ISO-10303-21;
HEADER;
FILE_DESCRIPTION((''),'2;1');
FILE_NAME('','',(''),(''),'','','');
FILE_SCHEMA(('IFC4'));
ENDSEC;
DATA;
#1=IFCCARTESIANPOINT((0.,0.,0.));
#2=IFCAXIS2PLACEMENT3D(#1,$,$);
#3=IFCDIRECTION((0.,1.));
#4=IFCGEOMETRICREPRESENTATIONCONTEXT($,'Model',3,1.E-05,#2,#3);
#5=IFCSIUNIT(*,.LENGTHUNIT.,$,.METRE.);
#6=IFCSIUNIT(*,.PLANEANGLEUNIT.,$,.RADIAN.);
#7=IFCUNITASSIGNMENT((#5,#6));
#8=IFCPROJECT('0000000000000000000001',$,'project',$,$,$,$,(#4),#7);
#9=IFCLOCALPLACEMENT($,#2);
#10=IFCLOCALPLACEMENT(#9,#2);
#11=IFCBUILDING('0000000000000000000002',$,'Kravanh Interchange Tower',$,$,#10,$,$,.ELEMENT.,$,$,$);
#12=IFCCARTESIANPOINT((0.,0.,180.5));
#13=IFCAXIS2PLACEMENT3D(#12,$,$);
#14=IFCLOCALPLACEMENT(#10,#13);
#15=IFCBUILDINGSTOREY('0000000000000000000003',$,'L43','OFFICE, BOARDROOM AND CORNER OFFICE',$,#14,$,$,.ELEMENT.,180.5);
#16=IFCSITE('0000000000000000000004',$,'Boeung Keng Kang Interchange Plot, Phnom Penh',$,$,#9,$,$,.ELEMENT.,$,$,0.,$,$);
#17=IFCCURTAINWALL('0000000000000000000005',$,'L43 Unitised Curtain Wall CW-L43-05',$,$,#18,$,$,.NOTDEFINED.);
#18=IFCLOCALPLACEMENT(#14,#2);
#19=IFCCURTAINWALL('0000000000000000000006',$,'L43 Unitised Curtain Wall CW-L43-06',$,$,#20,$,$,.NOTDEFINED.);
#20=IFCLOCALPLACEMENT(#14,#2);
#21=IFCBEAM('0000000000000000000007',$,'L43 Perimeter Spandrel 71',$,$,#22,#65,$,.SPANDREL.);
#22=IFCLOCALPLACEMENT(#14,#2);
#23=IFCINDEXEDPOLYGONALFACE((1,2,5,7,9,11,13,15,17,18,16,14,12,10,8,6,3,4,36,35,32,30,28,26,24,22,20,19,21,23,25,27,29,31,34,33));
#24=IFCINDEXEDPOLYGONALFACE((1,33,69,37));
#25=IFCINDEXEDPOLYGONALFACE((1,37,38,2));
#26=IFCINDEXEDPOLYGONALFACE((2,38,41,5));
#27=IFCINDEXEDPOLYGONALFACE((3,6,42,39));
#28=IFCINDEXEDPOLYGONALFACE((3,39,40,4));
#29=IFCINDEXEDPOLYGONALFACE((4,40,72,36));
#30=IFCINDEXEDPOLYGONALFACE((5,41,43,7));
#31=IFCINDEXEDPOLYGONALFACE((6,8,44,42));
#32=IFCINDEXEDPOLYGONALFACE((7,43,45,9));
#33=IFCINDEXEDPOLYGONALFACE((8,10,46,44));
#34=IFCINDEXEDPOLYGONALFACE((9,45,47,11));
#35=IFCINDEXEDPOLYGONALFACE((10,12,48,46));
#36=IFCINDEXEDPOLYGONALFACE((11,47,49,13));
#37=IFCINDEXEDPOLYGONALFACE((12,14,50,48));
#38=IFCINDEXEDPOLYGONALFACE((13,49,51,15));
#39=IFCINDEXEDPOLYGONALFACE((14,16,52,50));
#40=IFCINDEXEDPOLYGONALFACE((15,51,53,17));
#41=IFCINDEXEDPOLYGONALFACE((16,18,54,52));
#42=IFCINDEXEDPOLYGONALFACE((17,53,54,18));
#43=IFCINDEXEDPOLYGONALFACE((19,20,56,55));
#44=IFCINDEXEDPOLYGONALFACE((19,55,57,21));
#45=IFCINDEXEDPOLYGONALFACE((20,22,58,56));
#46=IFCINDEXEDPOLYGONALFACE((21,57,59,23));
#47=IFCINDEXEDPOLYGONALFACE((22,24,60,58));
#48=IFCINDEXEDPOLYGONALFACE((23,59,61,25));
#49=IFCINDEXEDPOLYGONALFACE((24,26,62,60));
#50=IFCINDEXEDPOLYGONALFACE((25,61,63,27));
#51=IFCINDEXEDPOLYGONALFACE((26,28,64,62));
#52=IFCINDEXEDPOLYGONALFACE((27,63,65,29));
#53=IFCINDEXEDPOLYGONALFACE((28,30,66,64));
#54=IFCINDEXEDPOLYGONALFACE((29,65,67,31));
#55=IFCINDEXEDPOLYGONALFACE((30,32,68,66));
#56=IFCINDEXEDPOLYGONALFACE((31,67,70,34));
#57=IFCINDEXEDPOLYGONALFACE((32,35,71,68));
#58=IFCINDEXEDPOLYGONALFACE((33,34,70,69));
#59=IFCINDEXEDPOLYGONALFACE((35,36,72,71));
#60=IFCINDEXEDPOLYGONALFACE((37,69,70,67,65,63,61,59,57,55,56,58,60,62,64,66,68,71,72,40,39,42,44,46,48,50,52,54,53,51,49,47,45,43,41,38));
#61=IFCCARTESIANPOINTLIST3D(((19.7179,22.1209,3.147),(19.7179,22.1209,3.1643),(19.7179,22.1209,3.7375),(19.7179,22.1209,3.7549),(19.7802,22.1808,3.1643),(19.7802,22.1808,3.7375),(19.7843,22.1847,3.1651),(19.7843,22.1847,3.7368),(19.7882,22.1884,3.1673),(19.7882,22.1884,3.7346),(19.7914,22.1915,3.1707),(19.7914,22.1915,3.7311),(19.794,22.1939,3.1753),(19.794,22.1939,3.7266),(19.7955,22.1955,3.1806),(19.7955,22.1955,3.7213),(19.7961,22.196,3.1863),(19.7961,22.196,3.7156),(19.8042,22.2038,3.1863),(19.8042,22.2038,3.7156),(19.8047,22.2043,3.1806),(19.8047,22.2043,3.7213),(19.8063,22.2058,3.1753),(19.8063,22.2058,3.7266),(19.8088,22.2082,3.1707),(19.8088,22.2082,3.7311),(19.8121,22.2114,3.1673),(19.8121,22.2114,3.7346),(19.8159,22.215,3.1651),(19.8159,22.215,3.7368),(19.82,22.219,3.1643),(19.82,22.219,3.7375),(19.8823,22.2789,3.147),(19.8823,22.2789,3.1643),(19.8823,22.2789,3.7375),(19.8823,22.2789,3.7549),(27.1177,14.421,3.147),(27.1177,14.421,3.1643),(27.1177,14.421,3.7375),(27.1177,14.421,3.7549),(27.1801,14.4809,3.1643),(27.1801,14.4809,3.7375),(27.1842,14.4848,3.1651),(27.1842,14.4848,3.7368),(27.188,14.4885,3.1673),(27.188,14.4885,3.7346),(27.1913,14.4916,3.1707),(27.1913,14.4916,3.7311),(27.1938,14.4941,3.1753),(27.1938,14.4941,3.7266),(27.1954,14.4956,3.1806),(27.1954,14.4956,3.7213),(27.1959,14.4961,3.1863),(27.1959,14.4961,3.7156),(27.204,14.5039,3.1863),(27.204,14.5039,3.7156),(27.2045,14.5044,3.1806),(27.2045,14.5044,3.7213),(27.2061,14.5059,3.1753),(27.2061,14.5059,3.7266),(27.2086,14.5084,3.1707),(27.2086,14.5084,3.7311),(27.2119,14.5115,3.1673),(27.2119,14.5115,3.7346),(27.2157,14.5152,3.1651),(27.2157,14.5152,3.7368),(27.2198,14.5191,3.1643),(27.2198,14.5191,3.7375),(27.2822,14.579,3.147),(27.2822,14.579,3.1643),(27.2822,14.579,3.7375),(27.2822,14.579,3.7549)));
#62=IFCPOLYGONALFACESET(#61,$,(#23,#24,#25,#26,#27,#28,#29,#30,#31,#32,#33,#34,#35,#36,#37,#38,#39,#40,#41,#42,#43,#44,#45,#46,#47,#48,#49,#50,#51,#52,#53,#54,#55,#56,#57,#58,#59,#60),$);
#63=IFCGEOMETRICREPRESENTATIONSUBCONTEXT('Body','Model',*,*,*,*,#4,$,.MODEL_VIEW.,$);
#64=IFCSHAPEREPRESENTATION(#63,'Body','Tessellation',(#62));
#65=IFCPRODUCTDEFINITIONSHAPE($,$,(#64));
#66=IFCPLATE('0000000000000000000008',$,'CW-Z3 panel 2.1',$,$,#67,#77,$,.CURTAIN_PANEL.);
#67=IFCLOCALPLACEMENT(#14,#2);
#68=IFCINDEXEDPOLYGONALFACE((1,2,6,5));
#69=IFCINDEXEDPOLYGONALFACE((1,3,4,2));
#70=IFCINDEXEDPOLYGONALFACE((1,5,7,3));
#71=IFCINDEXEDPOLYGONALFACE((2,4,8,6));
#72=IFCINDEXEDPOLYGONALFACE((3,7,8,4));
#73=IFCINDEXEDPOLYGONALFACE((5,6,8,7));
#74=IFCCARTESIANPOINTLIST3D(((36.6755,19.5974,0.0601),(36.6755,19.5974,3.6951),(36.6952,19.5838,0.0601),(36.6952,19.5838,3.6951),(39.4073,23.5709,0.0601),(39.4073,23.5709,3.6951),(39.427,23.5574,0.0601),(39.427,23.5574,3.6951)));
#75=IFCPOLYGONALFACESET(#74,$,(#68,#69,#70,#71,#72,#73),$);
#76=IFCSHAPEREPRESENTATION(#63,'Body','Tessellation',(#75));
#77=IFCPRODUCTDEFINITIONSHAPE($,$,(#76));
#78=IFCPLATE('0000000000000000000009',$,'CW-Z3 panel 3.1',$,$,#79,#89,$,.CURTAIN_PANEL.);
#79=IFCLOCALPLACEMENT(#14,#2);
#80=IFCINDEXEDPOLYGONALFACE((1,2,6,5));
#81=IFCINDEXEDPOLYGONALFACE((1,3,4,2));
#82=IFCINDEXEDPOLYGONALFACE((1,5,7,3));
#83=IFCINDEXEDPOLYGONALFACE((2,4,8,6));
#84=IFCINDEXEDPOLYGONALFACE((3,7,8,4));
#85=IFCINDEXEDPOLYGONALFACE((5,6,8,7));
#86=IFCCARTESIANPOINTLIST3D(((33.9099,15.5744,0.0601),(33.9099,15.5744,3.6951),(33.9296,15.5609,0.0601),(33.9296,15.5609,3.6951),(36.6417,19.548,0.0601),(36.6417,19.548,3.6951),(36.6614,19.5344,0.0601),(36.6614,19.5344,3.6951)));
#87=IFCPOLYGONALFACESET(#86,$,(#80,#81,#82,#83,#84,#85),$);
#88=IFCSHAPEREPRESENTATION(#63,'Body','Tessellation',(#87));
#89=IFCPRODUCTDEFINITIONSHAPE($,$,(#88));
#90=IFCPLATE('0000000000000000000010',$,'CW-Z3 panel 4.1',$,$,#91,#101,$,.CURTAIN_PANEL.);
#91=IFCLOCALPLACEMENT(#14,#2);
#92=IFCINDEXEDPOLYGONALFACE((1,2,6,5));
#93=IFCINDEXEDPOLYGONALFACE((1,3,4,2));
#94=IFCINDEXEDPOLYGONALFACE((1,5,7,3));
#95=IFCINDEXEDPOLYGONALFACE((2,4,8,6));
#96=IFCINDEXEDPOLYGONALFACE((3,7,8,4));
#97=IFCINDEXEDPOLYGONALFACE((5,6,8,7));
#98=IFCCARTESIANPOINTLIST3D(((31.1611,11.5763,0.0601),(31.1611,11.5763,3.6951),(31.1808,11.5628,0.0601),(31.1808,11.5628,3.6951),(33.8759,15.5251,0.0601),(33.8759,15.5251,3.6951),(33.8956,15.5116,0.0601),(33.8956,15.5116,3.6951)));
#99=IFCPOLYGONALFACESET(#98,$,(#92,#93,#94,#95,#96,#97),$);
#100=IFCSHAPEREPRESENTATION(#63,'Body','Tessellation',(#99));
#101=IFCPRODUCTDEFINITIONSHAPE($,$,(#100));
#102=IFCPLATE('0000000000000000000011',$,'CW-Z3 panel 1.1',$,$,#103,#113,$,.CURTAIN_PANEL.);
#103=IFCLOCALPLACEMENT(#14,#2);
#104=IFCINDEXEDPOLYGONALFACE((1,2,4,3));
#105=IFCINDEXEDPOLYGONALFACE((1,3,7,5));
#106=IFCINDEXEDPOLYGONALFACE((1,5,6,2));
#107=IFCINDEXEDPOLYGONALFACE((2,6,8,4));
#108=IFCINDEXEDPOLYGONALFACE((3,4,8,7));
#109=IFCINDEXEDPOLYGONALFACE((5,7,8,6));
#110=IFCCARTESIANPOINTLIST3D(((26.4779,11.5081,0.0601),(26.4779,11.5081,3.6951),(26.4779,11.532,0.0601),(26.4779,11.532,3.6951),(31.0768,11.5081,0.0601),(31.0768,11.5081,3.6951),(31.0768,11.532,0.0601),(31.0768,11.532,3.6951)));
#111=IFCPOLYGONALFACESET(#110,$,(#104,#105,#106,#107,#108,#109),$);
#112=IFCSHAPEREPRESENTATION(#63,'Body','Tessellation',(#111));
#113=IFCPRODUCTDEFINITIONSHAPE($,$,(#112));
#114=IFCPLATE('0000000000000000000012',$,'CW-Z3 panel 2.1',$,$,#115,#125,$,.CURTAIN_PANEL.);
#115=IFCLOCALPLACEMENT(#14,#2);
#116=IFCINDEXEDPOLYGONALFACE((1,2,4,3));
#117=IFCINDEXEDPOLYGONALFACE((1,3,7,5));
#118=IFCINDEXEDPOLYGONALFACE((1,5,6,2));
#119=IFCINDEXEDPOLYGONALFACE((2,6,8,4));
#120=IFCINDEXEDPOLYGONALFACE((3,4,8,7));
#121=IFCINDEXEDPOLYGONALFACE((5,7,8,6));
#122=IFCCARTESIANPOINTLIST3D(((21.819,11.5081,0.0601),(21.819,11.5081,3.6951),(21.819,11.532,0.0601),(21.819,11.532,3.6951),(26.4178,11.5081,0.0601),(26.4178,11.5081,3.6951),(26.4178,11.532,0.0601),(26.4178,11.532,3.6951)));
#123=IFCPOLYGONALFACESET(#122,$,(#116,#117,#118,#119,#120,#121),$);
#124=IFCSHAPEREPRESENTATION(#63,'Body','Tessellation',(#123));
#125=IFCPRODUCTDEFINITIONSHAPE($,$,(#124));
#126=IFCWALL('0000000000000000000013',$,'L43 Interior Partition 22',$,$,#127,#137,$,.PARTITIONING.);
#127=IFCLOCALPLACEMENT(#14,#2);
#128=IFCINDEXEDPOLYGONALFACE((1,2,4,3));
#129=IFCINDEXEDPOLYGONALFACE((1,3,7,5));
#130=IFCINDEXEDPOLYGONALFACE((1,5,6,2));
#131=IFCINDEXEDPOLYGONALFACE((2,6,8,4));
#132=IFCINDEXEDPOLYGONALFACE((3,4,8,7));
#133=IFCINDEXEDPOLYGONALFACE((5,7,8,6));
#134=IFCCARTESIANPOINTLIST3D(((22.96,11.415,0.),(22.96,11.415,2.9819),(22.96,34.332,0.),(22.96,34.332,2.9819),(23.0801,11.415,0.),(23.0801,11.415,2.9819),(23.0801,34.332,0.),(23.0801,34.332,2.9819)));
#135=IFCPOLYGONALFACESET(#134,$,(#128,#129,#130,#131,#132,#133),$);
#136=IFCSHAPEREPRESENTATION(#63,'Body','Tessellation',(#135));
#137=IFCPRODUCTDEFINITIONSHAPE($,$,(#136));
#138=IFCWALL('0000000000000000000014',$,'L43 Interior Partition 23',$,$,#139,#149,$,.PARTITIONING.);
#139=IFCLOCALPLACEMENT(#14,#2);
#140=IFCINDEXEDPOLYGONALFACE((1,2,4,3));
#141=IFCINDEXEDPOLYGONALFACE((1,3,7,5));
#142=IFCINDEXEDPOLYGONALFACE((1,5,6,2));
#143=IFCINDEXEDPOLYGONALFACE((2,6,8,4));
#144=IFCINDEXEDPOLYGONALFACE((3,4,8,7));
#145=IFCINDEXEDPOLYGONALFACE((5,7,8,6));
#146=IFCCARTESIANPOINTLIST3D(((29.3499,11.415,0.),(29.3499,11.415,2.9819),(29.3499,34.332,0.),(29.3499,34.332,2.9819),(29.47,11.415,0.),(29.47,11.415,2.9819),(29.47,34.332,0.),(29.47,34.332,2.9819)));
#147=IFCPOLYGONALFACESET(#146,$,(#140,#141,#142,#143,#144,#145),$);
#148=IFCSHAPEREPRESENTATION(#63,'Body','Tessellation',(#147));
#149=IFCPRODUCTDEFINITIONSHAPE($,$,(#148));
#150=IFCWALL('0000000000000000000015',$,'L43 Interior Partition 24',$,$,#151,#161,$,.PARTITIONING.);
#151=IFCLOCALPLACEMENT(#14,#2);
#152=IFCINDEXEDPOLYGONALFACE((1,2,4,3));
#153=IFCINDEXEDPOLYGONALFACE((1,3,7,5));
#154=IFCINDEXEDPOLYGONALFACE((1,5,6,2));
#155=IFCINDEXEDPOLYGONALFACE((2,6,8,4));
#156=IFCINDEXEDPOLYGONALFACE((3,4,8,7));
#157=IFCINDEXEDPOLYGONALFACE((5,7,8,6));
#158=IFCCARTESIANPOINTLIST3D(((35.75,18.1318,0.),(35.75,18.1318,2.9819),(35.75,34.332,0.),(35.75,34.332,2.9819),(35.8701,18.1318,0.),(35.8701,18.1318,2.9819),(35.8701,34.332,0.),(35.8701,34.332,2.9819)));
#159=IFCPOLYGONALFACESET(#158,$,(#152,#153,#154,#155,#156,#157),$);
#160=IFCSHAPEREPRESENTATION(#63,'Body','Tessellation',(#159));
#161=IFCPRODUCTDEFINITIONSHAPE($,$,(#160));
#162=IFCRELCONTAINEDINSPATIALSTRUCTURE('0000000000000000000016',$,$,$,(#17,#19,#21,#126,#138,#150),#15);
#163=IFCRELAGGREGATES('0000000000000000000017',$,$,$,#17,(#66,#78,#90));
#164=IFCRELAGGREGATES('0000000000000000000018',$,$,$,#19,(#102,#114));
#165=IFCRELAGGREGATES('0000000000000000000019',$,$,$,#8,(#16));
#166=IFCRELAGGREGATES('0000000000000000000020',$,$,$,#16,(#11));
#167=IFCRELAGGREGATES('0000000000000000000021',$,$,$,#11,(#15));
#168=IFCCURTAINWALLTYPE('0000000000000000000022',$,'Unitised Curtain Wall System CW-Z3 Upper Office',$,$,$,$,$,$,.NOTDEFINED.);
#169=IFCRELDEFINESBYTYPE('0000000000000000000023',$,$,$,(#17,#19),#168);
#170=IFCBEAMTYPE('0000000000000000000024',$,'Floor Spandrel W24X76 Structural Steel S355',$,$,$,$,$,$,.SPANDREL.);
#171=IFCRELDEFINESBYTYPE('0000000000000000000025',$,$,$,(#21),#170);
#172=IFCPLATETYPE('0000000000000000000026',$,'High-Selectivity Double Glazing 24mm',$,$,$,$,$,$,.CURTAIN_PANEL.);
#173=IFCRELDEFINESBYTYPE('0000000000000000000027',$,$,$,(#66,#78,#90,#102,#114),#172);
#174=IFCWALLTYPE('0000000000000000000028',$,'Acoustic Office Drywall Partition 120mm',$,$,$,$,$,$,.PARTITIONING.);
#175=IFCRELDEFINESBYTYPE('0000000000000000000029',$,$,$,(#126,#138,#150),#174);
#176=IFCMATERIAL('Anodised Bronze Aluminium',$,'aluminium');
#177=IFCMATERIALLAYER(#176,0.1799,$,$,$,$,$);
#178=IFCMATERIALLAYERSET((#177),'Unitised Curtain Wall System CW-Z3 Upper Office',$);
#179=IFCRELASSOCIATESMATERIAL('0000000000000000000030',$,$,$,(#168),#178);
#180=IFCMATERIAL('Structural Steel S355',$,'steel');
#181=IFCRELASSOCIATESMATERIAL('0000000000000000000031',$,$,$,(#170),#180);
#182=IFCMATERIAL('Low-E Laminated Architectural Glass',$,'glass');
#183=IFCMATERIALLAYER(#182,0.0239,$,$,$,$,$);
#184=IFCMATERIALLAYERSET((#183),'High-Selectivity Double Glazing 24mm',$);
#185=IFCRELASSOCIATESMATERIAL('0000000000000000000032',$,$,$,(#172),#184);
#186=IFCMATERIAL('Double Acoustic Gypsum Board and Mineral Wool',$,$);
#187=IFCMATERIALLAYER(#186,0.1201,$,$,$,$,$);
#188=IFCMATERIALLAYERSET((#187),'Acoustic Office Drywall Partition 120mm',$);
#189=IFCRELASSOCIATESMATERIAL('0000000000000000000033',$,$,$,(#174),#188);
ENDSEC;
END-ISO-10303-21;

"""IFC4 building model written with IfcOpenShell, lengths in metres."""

from ifc_helpers import new_model, si_unit, direction, frame, frame_2d, origin, origin_2d, place, context, subcontext, project, spatial, rectangle, i_section, extrude, material, layer, layer_set, material_profile, profile_set, type_object, element, aggregate, save


model = new_model("IFC4")

# Units and contexts
model_context = context("Model", 3, precision=1e-05, world=origin(), true_north=direction((0.0, 1.0)))
body_context = subcontext(model_context, "Body", "Model", "MODEL_VIEW")
ifc_project = project(units=[si_unit("LENGTHUNIT", "METRE"), si_unit("PLANEANGLEUNIT", "RADIAN")], contexts=[model_context])

# Site, building, storey
site_placement = place(None, origin())
site = spatial("IfcSite", under=ifc_project, at=site_placement, Name="Boeung Keng Kang Interchange Plot, Phnom Penh", CompositionType="ELEMENT", RefElevation=0.0)
building_placement = place(site_placement, origin())
building = spatial("IfcBuilding", under=site, at=building_placement, Name="Kravanh Interchange Tower", CompositionType="ELEMENT")
storey_placement = place(building_placement, frame((0.0, 0.0, 180.5)))
storey = spatial("IfcBuildingStorey", under=building, at=storey_placement, Name="L43", Description="OFFICE, BOARDROOM AND CORNER OFFICE", CompositionType="ELEMENT", Elevation=180.5)

# Curtain walls
ifc_material_1 = material(Name="Anodised Bronze Aluminium", Category="aluminium")
ifc_layer_1 = layer(ifc_material_1, 0.1799)
ifc_layer_set_1 = layer_set([ifc_layer_1], Name="Unitised Curtain Wall System CW-Z3 Upper Office")
curtain_wall_type = type_object("IfcCurtainWallType", Name="Unitised Curtain Wall System CW-Z3 Upper Office", PredefinedType="NOTDEFINED", material=ifc_layer_set_1)
curtain_wall_1_placement = place(storey_placement, origin())
curtain_wall_1 = element("IfcCurtainWall", 1, at=curtain_wall_1_placement, inside=storey, type_object=curtain_wall_type, Name="L43 Unitised Curtain Wall CW-L43-05", PredefinedType="NOTDEFINED")
curtain_wall_2_placement = place(storey_placement, origin())
curtain_wall_2 = element("IfcCurtainWall", 2, at=curtain_wall_2_placement, inside=storey, type_object=curtain_wall_type, Name="L43 Unitised Curtain Wall CW-L43-06", PredefinedType="NOTDEFINED")

# Beam
ifc_material_2 = material(Name="Structural Steel S355", Category="steel")
ifc_material_profile_1 = material_profile(ifc_material_2, i_section(OverallWidth=0.228, OverallDepth=0.6079, WebThickness=0.0112, FlangeThickness=0.0173, FilletRadius=0.022, at=origin_2d()), Name="W24X76")
ifc_profile_set_1 = profile_set([ifc_material_profile_1], Name="Structural Steel S355")
beam_type_1 = type_object("IfcBeamType", Name="Floor Spandrel W24X76 Structural Steel S355", PredefinedType="SPANDREL", material=ifc_profile_set_1)
beam_1_placement = place(storey_placement, frame((27.2, 14.5, 3.4509), z_axis=(-0.692919, 0.721015, 0.0), x_axis=(-0.721015, -0.692919, 0.0)))
element("IfcBeam", 3, at=beam_1_placement, inside=storey, type_object=beam_type_1, Name="L43 Perimeter Spandrel 71", PredefinedType="SPANDREL", context=body_context, shape_type="SweptSolid", body=[
    extrude(i_section(OverallWidth=0.228, OverallDepth=0.6079, WebThickness=0.0112, FlangeThickness=0.0173, FilletRadius=0.022, at=origin_2d()), origin(), (0.0, 0.0, 1.0), 10.6792),
])

# Plates
ifc_material_3 = material(Name="Low-E Laminated Architectural Glass", Category="glass")
ifc_layer_2 = layer(ifc_material_3, 0.0239)
ifc_layer_set_2 = layer_set([ifc_layer_2], Name="High-Selectivity Double Glazing 24mm")
plate_type = type_object("IfcPlateType", Name="High-Selectivity Double Glazing 24mm", PredefinedType="CURTAIN_PANEL", material=ifc_layer_set_2)
plate_1_placement = place(storey_placement, frame((38.0513, 21.5774, 0.0601), z_axis=(0.0, 0.0, 1.0), x_axis=(-0.566528, -0.824042, 0.0)))
plate_1 = element("IfcPlate", 4, at=plate_1_placement, type_object=plate_type, Name="CW-Z3 panel 2.1", PredefinedType="CURTAIN_PANEL", context=body_context, shape_type="SweptSolid", body=[
    extrude(rectangle(XDim=4.822, YDim=0.0239, at=origin_2d()), origin(), (0.0, 0.0, 1.0), 3.635),
])
plate_2_placement = place(storey_placement, frame((35.2856, 17.5544, 0.0601), z_axis=(0.0, 0.0, 1.0), x_axis=(-0.566528, -0.824042, 0.0)))
plate_2 = element("IfcPlate", 5, at=plate_2_placement, type_object=plate_type, Name="CW-Z3 panel 3.1", PredefinedType="CURTAIN_PANEL", context=body_context, shape_type="SweptSolid", body=[
    extrude(rectangle(XDim=4.822, YDim=0.0239, at=origin_2d()), origin(), (0.0, 0.0, 1.0), 3.635),
])
plate_3_placement = place(storey_placement, frame((32.5283, 13.5439, 0.0601), z_axis=(0.0, 0.0, 1.0), x_axis=(-0.566528, -0.824042, 0.0)))
plate_3 = element("IfcPlate", 6, at=plate_3_placement, type_object=plate_type, Name="CW-Z3 panel 4.1", PredefinedType="CURTAIN_PANEL", context=body_context, shape_type="SweptSolid", body=[
    extrude(rectangle(XDim=4.792, YDim=0.0239, at=origin_2d()), origin(), (0.0, 0.0, 1.0), 3.635),
])
aggregate(curtain_wall_1, [plate_1, plate_2, plate_3])
plate_4_placement = place(storey_placement, frame((28.7773, 11.52, 0.0601), z_axis=(0.0, 0.0, 1.0), x_axis=(-1.0, 0.0, 0.0)))
plate_4 = element("IfcPlate", 7, at=plate_4_placement, type_object=plate_type, Name="CW-Z3 panel 1.1", PredefinedType="CURTAIN_PANEL", context=body_context, shape_type="SweptSolid", body=[
    extrude(rectangle(XDim=4.5989, YDim=0.0239, at=origin_2d()), origin(), (0.0, 0.0, 1.0), 3.635),
])
plate_5_placement = place(storey_placement, frame((24.1184, 11.52, 0.0601), z_axis=(0.0, 0.0, 1.0), x_axis=(-1.0, 0.0, 0.0)))
plate_5 = element("IfcPlate", 8, at=plate_5_placement, type_object=plate_type, Name="CW-Z3 panel 2.1", PredefinedType="CURTAIN_PANEL", context=body_context, shape_type="SweptSolid", body=[
    extrude(rectangle(XDim=4.5989, YDim=0.0239, at=origin_2d()), origin(), (0.0, 0.0, 1.0), 3.635),
])
aggregate(curtain_wall_2, [plate_4, plate_5])

# Walls
ifc_material_4 = material(Name="Double Acoustic Gypsum Board and Mineral Wool")
ifc_layer_3 = layer(ifc_material_4, 0.1201)
ifc_layer_set_3 = layer_set([ifc_layer_3], Name="Acoustic Office Drywall Partition 120mm")
wall_type = type_object("IfcWallType", Name="Acoustic Office Drywall Partition 120mm", PredefinedType="PARTITIONING", material=ifc_layer_set_3)
for number, where, z_axis, x_axis, name in (
    (9, (23.02, 11.415, 0.0), (0.0, 0.0, 1.0), (0.0, 1.0, 0.0), "L43 Interior Partition 22"),
    (10, (29.4099, 11.415, 0.0), (0.0, 0.0, 1.0), (0.0, 1.0, 0.0), "L43 Interior Partition 23"),
):
    element("IfcWall", number, at=place(storey_placement, frame(where, z_axis=z_axis, x_axis=x_axis)), inside=storey, type_object=wall_type, Name=name, PredefinedType="PARTITIONING", context=body_context, shape_type="SweptSolid", body=[
        extrude(rectangle(XDim=22.917, YDim=0.1201, at=frame_2d((11.4585, 0.0))), origin(), (0.0, 0.0, 1.0), 2.9819),
    ])
wall_placement = place(storey_placement, frame((35.8101, 18.1318, 0.0), z_axis=(0.0, 0.0, 1.0), x_axis=(0.0, 1.0, 0.0)))
element("IfcWall", 11, at=wall_placement, inside=storey, type_object=wall_type, Name="L43 Interior Partition 24", PredefinedType="PARTITIONING", context=body_context, shape_type="SweptSolid", body=[
    extrude(rectangle(XDim=16.2002, YDim=0.1201, at=frame_2d((8.1001, 0.0))), origin(), (0.0, 0.0, 1.0), 2.9819),
])

save(model, "model.ifc")
